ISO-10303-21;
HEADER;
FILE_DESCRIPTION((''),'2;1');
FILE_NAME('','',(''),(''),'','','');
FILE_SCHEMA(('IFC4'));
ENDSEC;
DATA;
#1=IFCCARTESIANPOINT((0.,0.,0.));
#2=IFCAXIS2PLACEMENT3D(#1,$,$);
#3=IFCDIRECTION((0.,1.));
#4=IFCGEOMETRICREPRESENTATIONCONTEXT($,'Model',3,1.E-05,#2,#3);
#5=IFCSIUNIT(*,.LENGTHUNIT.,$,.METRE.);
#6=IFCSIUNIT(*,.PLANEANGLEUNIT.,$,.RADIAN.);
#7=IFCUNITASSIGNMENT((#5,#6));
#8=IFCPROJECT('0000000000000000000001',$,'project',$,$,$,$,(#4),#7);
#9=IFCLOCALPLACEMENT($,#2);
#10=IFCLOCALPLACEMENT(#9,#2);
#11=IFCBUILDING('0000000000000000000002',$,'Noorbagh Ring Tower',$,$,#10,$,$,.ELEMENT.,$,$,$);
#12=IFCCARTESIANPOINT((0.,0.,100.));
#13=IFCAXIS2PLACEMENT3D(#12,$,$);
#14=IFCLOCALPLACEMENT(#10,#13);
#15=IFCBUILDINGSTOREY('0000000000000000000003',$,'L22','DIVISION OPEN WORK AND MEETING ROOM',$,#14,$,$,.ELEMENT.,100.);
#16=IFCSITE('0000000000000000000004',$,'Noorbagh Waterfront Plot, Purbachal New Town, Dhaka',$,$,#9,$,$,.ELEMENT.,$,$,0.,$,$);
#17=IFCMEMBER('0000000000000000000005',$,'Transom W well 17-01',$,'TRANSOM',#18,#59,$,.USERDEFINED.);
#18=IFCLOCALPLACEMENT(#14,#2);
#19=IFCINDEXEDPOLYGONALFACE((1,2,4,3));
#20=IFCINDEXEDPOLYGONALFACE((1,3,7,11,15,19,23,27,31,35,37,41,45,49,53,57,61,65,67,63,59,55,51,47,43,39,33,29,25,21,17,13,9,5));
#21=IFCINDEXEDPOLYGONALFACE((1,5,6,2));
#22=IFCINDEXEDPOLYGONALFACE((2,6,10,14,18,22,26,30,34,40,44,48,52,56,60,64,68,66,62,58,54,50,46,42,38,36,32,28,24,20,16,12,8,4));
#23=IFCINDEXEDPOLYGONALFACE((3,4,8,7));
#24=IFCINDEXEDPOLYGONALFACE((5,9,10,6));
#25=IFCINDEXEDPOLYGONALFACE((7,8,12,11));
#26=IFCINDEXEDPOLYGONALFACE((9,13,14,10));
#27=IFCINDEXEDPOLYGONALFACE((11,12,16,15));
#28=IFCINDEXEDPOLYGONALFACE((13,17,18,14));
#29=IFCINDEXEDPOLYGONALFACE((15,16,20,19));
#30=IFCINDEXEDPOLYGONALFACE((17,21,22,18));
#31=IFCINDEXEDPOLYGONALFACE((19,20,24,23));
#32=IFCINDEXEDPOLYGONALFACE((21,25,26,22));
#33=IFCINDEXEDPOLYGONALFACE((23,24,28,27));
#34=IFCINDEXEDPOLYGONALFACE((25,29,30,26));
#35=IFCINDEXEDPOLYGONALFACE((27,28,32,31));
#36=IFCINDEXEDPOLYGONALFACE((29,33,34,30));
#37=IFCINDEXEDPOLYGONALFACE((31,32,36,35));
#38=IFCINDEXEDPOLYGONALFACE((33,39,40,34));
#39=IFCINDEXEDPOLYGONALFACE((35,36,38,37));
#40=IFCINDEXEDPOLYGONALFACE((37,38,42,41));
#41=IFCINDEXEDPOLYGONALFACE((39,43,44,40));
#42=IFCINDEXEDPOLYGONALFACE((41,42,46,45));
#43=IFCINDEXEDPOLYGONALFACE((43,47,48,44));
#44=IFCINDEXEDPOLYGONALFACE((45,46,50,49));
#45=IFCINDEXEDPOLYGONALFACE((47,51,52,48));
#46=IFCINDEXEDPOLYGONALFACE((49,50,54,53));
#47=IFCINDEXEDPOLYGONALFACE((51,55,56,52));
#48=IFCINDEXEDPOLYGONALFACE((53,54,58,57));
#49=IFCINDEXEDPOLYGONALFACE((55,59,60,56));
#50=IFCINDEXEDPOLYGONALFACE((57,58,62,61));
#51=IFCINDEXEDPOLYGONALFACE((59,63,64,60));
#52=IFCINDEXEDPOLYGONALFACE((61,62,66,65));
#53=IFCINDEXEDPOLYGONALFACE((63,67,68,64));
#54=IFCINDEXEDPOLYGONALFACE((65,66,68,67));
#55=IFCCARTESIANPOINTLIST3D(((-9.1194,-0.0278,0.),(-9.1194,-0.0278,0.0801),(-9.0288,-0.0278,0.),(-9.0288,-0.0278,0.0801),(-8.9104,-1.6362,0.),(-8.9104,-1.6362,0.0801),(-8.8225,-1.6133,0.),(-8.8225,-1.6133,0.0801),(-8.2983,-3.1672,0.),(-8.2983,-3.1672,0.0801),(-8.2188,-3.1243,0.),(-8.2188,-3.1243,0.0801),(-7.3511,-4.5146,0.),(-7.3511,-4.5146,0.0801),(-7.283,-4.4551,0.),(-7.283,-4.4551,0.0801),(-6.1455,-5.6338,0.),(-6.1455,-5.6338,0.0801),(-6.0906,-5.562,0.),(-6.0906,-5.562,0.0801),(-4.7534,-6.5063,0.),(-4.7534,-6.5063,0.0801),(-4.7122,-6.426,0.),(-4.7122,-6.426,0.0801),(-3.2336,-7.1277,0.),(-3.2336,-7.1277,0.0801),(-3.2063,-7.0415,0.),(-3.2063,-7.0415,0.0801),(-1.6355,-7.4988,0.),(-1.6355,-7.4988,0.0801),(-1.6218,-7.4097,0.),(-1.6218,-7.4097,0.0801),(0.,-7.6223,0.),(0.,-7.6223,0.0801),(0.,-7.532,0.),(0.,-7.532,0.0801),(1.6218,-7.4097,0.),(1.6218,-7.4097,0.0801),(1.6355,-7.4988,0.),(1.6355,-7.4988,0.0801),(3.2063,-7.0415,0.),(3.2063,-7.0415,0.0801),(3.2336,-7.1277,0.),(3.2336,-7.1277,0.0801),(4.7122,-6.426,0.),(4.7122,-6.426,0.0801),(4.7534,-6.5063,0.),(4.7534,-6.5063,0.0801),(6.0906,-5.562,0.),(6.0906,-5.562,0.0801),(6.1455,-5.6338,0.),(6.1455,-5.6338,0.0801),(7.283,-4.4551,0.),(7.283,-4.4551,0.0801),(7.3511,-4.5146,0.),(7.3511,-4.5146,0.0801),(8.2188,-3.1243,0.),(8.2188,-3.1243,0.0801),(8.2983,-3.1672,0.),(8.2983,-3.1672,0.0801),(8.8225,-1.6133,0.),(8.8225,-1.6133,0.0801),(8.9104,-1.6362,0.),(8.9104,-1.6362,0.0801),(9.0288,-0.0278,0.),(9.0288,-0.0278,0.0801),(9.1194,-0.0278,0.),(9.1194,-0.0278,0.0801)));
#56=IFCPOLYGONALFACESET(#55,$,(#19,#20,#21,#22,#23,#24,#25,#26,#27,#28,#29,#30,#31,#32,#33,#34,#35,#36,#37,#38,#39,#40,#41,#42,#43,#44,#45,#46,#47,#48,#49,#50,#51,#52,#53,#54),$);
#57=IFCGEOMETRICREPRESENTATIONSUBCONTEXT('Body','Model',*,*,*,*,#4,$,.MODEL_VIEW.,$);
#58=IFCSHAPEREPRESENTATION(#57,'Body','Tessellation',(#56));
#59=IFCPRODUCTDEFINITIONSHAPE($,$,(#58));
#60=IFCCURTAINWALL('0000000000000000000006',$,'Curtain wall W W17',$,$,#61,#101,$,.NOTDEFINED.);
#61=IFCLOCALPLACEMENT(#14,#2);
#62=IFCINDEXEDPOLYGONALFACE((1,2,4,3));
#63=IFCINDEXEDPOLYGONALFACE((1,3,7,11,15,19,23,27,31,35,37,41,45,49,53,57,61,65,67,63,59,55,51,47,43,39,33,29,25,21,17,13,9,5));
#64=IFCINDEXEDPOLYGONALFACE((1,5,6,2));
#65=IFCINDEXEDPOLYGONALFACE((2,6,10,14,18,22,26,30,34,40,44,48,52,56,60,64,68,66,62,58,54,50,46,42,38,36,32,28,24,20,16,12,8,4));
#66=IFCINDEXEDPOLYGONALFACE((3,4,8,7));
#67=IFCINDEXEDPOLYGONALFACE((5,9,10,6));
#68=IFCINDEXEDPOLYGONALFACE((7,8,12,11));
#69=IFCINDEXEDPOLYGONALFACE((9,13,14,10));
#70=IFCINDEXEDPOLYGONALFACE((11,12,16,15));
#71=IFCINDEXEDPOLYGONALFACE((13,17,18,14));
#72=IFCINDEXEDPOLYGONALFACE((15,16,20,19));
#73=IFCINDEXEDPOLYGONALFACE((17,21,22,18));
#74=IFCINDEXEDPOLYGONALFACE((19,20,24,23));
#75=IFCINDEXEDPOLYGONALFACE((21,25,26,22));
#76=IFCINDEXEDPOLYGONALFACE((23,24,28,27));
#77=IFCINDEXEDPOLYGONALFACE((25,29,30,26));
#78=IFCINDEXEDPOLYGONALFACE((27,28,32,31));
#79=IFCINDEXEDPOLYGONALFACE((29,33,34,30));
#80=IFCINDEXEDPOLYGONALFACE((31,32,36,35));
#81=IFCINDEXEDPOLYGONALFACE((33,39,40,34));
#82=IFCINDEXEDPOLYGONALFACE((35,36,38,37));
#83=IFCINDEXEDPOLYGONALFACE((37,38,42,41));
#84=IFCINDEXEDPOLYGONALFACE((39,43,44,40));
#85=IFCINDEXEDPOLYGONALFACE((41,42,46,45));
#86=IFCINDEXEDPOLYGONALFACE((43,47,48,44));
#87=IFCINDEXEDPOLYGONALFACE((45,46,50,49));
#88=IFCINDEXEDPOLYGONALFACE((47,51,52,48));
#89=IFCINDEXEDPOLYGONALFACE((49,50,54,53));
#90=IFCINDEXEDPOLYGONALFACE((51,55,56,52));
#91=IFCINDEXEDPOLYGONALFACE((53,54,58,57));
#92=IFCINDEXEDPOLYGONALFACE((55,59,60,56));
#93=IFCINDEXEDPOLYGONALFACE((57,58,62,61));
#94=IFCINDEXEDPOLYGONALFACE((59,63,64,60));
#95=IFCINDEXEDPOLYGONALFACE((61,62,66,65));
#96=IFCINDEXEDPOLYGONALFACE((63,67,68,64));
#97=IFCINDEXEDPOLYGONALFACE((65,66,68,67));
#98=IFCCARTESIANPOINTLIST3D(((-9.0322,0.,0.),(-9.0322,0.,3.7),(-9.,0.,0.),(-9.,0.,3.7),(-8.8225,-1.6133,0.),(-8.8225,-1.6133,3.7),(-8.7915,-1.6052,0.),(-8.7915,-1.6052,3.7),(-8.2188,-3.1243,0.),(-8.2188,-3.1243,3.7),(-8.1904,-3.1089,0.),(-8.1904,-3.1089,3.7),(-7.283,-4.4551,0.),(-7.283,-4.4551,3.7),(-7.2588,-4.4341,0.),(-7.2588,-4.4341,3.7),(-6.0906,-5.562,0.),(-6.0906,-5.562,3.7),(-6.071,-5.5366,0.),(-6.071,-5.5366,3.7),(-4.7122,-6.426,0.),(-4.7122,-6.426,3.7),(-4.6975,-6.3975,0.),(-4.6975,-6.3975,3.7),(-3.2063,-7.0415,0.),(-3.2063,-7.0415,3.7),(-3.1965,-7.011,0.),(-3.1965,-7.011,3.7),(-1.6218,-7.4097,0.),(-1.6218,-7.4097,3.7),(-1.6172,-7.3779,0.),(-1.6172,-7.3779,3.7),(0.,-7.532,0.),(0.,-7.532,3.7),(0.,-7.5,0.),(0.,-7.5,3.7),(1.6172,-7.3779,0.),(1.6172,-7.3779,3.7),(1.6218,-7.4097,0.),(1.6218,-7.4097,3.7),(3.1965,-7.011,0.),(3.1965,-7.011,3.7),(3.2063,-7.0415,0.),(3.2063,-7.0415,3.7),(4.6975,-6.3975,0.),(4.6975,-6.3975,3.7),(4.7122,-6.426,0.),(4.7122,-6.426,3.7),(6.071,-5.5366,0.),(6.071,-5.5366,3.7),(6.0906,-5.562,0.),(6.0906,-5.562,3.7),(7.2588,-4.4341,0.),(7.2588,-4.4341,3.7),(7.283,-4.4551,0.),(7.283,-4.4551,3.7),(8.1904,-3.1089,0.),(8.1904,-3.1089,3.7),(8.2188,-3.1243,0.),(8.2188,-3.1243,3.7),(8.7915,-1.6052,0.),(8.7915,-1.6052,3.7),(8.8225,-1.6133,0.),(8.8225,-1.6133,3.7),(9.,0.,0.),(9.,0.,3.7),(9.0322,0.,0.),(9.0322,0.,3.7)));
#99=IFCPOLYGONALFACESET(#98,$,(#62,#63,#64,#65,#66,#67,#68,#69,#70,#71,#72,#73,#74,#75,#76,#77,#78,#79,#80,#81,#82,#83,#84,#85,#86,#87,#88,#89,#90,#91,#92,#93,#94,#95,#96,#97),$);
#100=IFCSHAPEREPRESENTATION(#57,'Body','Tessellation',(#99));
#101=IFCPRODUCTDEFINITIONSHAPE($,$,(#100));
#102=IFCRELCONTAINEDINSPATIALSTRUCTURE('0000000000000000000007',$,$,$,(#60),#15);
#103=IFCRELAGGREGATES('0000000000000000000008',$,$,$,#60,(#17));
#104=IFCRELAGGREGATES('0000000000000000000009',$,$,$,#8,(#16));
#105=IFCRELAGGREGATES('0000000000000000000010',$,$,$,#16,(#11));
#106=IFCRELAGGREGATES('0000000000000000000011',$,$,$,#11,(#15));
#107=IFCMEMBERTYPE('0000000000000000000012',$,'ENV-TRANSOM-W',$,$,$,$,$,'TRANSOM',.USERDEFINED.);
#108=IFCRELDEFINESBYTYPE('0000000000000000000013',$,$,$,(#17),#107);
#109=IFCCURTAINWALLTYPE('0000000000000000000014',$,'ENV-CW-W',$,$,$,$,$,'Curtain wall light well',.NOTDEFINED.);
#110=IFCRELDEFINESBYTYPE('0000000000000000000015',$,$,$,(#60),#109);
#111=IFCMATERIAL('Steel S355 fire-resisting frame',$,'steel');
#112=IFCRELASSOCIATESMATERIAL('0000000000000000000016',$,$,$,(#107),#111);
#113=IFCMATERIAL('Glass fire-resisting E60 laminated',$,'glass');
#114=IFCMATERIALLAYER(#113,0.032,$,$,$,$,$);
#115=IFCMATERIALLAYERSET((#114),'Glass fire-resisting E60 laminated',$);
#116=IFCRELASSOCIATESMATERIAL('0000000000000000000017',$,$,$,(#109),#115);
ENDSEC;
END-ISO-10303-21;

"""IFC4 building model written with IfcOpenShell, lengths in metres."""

from ifc_helpers import new_model, si_unit, direction, frame, origin, place, context, subcontext, project, spatial, polyline, outline, extrude, material, layer, layer_set, type_object, element, aggregate, save


model = new_model("IFC4")

# Units and contexts
model_context = context("Model", 3, precision=1e-05, world=origin(), true_north=direction((0.0, 1.0)))
body_context = subcontext(model_context, "Body", "Model", "MODEL_VIEW")
ifc_project = project(units=[si_unit("LENGTHUNIT", "METRE"), si_unit("PLANEANGLEUNIT", "RADIAN")], contexts=[model_context])

# Member
site_placement = place(None, origin())
building_placement = place(site_placement, origin())
storey_placement = place(building_placement, frame((0.0, 0.0, 100.0)))
ifc_material_1 = material(Name="Steel S355 fire-resisting frame", Category="steel")
member_type_1 = type_object("IfcMemberType", Name="ENV-TRANSOM-W", ElementType="TRANSOM", PredefinedType="USERDEFINED", material=ifc_material_1)
member_1_placement = place(storey_placement, origin())
member_1 = element("IfcMember", 1, at=member_1_placement, type_object=member_type_1, Name="Transom W well 17-01", ObjectType="TRANSOM", PredefinedType="USERDEFINED", context=body_context, shape_type="SweptSolid", body=[
    extrude(outline(polyline([(-9.1194, -0.0278), (-8.9104, -1.6362), (-8.2983, -3.1672), (-7.3511, -4.5146), (-6.1455, -5.6338), (-4.7534, -6.5063), (-3.2336, -7.1277), (-1.6355, -7.4988), (0.0, -7.6223), (1.6355, -7.4988), (3.2336, -7.1277), (4.7534, -6.5063), (6.1455, -5.6338), (7.3511, -4.5146), (8.2983, -3.1672), (8.9104, -1.6362), (9.1194, -0.0278), (9.0288, -0.0278), (8.8225, -1.6133), (8.2188, -3.1243), (7.283, -4.4551), (6.0906, -5.562), (4.7122, -6.426), (3.2063, -7.0415), (1.6218, -7.4097), (0.0, -7.532), (-1.6218, -7.4097), (-3.2063, -7.0415), (-4.7122, -6.426), (-6.0906, -5.562), (-7.283, -4.4551), (-8.2188, -3.1243), (-8.8225, -1.6133), (-9.0288, -0.0278), (-9.1194, -0.0278)])), origin(), (0.0, 0.0, 1.0), 0.0801),
])

# Site, building, storey
site = spatial("IfcSite", under=ifc_project, at=site_placement, Name="Noorbagh Waterfront Plot, Purbachal New Town, Dhaka", CompositionType="ELEMENT", RefElevation=0.0)
building = spatial("IfcBuilding", under=site, at=building_placement, Name="Noorbagh Ring Tower", CompositionType="ELEMENT")
storey = spatial("IfcBuildingStorey", under=building, at=storey_placement, Name="L22", Description="DIVISION OPEN WORK AND MEETING ROOM", CompositionType="ELEMENT", Elevation=100.0)

# Curtain wall
ifc_material_2 = material(Name="Glass fire-resisting E60 laminated", Category="glass")
ifc_layer_1 = layer(ifc_material_2, 0.032)
ifc_layer_set_1 = layer_set([ifc_layer_1], Name="Glass fire-resisting E60 laminated")
curtain_wall_type_1 = type_object("IfcCurtainWallType", Name="ENV-CW-W", ElementType="Curtain wall light well", PredefinedType="NOTDEFINED", material=ifc_layer_set_1)
curtain_wall_1_placement = place(storey_placement, origin())
curtain_wall_1 = element("IfcCurtainWall", 2, at=curtain_wall_1_placement, inside=storey, type_object=curtain_wall_type_1, Name="Curtain wall W W17", PredefinedType="NOTDEFINED", context=body_context, shape_type="SweptSolid", body=[
    extrude(outline(polyline([(-9.0322, 0.0), (-8.8225, -1.6133), (-8.2188, -3.1243), (-7.283, -4.4551), (-6.0906, -5.562), (-4.7122, -6.426), (-3.2063, -7.0415), (-1.6218, -7.4097), (0.0, -7.532), (1.6218, -7.4097), (3.2063, -7.0415), (4.7122, -6.426), (6.0906, -5.562), (7.283, -4.4551), (8.2188, -3.1243), (8.8225, -1.6133), (9.0322, 0.0), (9.0, 0.0), (8.7915, -1.6052), (8.1904, -3.1089), (7.2588, -4.4341), (6.071, -5.5366), (4.6975, -6.3975), (3.1965, -7.011), (1.6172, -7.3779), (0.0, -7.5), (-1.6172, -7.3779), (-3.1965, -7.011), (-4.6975, -6.3975), (-6.071, -5.5366), (-7.2588, -4.4341), (-8.1904, -3.1089), (-8.7915, -1.6052), (-9.0, 0.0), (-9.0322, 0.0)])), origin(), (0.0, 0.0, 1.0), 3.7),
])
aggregate(curtain_wall_1, [member_1])

save(model, "model.ifc")
